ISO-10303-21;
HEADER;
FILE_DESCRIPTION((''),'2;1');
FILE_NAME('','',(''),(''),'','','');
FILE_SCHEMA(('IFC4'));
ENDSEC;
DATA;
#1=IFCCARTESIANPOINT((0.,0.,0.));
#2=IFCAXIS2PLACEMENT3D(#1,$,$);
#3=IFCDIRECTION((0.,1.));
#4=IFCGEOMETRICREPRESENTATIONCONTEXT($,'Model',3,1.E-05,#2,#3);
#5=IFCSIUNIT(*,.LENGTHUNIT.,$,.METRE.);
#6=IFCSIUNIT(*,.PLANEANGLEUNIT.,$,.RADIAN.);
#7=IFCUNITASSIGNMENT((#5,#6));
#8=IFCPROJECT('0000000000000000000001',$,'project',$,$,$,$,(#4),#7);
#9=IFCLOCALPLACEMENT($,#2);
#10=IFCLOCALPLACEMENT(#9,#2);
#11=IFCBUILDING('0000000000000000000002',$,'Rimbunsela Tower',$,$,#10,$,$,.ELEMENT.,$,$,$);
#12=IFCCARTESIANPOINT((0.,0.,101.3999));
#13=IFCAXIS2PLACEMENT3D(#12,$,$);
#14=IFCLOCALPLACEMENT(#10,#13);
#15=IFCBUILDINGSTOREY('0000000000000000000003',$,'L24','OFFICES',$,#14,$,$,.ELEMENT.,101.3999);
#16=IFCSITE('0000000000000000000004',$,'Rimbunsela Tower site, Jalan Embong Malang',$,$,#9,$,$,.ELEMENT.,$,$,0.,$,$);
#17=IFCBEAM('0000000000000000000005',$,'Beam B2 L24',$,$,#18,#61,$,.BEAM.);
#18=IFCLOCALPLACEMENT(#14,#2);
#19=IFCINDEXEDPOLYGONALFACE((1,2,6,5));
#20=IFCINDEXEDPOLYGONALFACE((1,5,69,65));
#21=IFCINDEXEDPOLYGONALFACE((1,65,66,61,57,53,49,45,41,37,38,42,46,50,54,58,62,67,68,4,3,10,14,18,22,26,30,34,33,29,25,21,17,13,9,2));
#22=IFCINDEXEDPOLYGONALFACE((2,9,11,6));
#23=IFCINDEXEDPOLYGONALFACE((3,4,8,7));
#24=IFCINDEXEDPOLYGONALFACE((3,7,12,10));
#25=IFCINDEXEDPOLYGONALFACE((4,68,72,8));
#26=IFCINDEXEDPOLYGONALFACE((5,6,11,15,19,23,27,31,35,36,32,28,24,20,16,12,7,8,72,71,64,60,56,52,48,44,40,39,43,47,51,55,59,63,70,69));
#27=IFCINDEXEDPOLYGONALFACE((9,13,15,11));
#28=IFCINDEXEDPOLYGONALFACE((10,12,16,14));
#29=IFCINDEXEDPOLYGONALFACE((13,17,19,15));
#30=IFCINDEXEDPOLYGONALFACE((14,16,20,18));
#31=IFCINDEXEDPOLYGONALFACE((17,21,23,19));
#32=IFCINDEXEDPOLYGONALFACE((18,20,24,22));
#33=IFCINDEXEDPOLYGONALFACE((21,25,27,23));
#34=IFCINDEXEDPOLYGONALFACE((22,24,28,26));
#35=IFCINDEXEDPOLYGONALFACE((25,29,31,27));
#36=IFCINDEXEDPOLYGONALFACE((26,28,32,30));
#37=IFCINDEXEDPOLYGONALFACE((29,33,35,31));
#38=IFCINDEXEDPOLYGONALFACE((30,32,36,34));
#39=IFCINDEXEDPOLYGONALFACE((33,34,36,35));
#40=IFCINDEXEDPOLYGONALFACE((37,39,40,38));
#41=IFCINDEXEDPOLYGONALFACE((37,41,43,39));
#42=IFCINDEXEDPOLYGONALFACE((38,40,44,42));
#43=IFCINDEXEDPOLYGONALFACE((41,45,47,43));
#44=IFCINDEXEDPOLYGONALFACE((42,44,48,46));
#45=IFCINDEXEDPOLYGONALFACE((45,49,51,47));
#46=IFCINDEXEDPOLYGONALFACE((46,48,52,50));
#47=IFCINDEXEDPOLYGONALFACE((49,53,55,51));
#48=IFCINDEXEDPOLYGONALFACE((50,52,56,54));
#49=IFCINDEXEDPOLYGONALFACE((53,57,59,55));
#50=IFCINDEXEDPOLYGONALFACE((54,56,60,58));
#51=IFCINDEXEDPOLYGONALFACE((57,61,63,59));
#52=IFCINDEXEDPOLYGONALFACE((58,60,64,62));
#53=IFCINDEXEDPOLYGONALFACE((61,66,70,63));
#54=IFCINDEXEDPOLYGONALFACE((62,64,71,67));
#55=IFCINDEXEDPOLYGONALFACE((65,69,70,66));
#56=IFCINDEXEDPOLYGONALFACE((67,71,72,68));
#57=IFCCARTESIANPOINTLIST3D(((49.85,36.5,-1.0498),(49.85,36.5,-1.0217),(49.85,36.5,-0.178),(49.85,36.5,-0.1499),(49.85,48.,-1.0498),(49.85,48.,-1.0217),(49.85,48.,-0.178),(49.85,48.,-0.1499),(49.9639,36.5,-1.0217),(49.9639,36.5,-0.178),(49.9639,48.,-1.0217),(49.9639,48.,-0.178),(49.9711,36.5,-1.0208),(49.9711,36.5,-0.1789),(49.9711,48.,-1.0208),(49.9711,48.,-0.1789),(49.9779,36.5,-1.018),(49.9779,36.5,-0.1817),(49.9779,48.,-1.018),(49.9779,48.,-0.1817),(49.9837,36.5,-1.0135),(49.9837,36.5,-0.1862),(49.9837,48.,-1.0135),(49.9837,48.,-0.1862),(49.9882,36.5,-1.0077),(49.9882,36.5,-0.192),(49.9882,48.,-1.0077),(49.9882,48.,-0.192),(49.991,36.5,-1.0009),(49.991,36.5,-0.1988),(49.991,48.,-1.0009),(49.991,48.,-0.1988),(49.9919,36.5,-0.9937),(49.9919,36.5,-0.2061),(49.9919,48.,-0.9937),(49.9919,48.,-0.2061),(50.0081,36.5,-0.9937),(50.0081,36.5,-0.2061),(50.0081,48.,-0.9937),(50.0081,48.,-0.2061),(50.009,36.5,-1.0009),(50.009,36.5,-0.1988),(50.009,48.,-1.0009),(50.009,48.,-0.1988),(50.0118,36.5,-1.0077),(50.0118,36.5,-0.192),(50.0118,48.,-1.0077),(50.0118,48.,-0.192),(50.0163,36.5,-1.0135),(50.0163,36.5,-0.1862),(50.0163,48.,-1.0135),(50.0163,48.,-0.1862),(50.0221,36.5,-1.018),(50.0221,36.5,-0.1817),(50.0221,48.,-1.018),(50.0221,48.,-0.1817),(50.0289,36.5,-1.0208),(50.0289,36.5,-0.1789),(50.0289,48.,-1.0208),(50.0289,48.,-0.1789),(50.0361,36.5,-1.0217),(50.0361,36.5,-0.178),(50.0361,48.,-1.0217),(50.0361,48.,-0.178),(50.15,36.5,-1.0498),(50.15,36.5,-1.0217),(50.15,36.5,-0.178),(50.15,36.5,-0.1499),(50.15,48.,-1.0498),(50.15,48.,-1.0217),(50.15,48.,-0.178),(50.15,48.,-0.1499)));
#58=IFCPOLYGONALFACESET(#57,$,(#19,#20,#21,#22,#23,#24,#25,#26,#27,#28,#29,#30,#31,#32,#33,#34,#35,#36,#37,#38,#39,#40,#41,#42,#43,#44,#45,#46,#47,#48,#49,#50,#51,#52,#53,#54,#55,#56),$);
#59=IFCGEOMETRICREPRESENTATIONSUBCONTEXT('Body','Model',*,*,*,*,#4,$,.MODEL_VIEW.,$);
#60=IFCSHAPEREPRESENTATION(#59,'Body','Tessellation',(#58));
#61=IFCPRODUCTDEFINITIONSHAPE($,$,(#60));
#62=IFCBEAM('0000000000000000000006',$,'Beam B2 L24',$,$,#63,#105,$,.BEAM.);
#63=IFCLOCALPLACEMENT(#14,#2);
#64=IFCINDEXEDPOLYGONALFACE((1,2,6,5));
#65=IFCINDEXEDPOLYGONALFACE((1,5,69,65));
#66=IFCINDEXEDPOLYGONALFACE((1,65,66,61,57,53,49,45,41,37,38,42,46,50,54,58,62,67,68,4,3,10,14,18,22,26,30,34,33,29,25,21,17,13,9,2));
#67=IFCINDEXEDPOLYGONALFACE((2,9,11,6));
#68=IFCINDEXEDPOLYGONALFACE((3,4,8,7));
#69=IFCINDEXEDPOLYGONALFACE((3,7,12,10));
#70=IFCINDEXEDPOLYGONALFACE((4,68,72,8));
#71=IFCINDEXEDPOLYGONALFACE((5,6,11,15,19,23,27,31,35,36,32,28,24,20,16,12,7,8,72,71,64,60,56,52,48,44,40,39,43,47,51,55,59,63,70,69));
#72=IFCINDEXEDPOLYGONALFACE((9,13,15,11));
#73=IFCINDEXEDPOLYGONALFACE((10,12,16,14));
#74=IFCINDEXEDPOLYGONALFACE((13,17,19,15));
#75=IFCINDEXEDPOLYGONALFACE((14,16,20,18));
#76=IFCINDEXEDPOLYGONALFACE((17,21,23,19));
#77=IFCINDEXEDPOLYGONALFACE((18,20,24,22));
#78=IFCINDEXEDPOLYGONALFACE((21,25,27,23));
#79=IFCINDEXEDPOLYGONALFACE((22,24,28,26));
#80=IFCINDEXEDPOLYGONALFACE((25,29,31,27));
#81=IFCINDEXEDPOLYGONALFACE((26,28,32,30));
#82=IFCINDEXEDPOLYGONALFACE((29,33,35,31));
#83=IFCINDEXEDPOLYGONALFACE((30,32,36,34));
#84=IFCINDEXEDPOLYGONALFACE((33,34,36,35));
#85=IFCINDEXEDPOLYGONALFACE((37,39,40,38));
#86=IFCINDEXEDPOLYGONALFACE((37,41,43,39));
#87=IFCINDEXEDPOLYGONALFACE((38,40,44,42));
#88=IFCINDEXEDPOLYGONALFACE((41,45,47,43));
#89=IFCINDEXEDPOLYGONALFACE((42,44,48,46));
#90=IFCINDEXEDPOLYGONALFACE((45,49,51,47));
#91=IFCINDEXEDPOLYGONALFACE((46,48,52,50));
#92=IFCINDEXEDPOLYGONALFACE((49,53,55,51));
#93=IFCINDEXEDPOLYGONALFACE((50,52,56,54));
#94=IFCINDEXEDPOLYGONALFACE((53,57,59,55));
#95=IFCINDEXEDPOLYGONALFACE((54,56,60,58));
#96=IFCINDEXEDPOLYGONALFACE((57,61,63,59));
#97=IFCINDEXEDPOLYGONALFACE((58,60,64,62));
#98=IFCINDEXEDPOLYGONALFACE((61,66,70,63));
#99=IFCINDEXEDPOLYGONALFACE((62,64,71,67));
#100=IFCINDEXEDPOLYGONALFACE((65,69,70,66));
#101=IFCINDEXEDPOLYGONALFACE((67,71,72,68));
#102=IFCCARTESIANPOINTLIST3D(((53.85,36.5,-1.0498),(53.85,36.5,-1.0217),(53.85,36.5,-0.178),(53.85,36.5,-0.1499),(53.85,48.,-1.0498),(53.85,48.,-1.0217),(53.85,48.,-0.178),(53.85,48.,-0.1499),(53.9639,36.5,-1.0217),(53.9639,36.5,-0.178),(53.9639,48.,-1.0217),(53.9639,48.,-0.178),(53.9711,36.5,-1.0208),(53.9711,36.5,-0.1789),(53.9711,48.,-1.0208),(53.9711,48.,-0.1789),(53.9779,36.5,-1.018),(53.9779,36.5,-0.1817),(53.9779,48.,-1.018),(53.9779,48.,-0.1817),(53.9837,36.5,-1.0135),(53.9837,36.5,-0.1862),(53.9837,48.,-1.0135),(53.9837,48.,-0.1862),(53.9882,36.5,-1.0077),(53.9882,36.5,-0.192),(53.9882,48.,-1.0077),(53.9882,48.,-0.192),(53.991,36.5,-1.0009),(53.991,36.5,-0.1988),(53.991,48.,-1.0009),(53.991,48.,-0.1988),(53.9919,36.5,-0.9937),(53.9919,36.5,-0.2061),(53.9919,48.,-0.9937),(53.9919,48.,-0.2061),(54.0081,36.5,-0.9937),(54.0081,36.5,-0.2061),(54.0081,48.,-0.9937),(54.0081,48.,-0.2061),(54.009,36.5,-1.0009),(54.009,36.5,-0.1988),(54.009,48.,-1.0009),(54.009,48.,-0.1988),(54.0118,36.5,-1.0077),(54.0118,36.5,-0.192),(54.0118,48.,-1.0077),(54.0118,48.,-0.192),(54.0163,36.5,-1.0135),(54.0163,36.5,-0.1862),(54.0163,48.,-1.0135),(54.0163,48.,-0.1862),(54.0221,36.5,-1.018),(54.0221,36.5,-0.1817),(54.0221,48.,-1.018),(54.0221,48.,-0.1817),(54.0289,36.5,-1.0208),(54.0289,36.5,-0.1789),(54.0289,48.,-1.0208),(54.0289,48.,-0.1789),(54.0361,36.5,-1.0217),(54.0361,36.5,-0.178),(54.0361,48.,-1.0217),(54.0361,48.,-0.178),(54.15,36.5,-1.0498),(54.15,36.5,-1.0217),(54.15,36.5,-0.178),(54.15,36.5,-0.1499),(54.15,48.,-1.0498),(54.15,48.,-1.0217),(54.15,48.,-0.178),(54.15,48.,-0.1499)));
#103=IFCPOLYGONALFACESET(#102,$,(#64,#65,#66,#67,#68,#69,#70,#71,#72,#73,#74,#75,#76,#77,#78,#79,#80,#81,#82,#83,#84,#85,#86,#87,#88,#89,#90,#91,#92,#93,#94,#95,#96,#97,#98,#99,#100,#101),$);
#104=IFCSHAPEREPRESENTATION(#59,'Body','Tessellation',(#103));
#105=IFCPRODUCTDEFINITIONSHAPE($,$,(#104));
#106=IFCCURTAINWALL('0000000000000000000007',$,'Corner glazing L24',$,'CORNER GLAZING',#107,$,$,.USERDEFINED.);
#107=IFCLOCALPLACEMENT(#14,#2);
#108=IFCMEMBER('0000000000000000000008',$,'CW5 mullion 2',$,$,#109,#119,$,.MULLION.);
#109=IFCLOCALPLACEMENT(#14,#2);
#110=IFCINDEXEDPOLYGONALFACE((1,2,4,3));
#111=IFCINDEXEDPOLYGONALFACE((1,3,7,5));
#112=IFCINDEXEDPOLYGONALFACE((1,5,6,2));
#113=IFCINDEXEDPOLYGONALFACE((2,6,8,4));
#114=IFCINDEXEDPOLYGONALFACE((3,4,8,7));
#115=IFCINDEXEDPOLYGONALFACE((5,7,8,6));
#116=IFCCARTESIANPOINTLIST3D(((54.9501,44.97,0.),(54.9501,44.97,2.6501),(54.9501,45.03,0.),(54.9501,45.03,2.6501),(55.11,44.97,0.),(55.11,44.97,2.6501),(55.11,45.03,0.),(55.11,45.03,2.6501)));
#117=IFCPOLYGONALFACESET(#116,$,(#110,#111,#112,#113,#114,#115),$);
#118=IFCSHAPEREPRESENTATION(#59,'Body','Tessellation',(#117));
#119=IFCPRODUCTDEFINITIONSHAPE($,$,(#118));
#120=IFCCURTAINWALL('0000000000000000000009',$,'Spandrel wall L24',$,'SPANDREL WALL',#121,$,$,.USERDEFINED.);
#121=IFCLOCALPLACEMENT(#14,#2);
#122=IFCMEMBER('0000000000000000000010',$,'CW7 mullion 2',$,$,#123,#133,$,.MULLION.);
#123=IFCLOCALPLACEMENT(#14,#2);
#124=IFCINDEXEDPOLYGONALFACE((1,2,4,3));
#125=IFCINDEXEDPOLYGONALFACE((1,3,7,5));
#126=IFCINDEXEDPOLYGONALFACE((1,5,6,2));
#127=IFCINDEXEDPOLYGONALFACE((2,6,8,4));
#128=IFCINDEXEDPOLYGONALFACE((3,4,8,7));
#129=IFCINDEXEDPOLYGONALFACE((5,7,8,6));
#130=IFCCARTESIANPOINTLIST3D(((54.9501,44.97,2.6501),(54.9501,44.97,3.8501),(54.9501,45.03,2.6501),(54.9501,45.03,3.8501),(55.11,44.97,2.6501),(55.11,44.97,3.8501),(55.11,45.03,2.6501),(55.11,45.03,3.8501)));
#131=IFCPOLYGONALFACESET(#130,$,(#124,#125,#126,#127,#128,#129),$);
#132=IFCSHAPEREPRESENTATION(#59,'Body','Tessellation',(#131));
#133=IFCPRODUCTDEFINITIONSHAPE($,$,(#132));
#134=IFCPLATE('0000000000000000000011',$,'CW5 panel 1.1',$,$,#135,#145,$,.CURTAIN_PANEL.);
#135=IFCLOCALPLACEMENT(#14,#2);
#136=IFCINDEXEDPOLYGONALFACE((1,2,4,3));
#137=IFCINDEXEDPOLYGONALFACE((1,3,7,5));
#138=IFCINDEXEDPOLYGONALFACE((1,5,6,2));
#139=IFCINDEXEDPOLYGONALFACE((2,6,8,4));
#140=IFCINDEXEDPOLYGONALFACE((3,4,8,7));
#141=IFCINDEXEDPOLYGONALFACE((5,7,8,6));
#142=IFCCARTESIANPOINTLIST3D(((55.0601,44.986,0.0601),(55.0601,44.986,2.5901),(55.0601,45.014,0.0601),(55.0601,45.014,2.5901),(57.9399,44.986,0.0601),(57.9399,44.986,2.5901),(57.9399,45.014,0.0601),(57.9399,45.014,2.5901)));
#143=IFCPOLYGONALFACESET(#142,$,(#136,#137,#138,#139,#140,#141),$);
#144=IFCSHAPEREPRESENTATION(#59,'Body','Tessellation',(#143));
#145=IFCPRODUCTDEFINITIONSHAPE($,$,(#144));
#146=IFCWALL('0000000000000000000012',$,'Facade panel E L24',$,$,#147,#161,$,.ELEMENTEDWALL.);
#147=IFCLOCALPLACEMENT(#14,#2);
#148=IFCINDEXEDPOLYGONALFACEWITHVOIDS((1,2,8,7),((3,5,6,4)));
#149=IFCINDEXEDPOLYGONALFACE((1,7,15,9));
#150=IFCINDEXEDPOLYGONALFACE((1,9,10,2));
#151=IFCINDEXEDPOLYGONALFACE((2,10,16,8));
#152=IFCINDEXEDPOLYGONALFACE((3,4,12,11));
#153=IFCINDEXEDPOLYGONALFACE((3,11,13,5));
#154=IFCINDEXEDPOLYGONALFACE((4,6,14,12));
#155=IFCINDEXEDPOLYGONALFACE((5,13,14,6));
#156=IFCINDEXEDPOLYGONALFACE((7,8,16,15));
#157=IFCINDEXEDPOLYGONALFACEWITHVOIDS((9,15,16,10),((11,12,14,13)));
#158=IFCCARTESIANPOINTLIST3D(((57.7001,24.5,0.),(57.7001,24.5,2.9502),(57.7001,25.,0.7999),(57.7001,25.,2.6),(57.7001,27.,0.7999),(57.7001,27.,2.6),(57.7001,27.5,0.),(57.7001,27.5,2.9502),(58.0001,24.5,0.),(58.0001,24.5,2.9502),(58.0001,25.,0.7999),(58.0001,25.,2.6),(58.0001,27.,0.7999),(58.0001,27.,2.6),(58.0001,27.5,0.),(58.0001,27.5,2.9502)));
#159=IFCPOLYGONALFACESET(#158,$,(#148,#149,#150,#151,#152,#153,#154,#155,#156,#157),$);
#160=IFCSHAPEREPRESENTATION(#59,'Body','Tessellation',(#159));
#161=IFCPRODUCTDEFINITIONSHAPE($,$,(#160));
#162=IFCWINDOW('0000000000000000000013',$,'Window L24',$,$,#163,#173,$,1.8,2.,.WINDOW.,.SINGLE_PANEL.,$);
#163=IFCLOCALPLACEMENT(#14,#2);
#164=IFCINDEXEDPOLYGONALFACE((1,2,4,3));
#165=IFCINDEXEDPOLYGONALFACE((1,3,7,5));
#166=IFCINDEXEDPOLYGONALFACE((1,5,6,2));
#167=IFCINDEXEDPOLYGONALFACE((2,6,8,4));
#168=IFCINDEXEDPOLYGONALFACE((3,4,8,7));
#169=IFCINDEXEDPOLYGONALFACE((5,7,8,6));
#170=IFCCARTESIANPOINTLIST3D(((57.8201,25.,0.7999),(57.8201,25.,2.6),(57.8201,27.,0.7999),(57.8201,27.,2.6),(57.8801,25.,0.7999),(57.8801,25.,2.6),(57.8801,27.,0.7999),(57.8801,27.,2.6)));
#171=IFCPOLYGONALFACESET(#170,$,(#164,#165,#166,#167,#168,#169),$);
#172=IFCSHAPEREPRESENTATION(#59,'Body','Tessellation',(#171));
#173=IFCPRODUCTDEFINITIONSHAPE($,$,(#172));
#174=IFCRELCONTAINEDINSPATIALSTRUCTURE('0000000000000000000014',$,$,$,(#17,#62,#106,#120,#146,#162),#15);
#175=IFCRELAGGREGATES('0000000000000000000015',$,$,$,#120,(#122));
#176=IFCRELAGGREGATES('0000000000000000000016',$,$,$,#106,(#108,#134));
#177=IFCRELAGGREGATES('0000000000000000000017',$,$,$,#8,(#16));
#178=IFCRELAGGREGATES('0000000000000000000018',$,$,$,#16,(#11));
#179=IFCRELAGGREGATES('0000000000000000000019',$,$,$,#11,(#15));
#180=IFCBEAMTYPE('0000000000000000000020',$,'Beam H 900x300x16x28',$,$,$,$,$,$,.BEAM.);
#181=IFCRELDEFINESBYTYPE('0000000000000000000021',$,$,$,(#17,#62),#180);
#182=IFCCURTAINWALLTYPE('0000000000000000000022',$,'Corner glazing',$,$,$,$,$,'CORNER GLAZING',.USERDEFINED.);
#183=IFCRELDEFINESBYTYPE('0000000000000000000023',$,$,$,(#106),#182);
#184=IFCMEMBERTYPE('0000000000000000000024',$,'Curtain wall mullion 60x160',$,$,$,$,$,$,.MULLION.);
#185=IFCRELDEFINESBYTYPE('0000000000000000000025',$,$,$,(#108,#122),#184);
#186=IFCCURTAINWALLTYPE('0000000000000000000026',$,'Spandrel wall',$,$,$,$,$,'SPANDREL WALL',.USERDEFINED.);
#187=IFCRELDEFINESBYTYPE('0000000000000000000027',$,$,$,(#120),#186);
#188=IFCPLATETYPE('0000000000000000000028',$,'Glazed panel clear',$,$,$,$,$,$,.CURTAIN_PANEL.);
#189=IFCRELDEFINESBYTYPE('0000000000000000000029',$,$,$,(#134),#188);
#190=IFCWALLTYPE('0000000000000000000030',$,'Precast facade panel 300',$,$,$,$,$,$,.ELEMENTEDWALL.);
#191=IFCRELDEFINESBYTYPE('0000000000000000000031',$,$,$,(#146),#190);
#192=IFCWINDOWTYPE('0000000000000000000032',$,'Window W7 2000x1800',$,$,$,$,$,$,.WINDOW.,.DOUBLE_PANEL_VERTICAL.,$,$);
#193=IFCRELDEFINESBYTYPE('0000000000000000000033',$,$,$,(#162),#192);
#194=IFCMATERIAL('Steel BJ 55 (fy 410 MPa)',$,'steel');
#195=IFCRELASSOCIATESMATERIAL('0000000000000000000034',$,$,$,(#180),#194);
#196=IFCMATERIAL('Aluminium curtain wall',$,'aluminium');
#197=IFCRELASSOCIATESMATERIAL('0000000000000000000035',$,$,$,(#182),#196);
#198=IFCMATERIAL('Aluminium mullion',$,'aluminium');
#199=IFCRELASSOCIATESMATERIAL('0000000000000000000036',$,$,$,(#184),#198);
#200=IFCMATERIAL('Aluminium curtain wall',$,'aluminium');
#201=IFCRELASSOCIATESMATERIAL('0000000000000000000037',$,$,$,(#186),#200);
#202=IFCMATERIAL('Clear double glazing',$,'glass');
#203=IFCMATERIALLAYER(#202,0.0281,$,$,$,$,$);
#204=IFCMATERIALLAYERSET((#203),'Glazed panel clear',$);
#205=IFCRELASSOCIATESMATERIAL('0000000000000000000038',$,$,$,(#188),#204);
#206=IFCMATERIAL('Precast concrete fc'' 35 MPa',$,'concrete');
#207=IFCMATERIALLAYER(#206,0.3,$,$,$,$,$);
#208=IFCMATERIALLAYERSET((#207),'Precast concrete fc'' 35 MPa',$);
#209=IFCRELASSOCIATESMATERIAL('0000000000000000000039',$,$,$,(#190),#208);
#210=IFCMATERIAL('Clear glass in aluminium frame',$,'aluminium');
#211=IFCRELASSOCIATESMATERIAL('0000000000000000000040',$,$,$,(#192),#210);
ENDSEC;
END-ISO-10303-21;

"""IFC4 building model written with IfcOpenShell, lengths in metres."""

from ifc_helpers import new_model, si_unit, direction, frame, frame_2d, origin, origin_2d, place, context, subcontext, project, spatial, rectangle, i_section, extrude, material, layer, layer_set, material_profile, profile_set, type_object, element, fill, aggregate, save


model = new_model("IFC4")

# Units and contexts
model_context = context("Model", 3, precision=1e-05, world=origin(), true_north=direction((0.0, 1.0)))
body_context = subcontext(model_context, "Body", "Model", "MODEL_VIEW")
ifc_project = project(units=[si_unit("LENGTHUNIT", "METRE"), si_unit("PLANEANGLEUNIT", "RADIAN")], contexts=[model_context])

# Site, building, storey
site_placement = place(None, origin())
site = spatial("IfcSite", under=ifc_project, at=site_placement, Name="Rimbunsela Tower site, Jalan Embong Malang", CompositionType="ELEMENT", RefElevation=0.0)
building_placement = place(site_placement, origin())
building = spatial("IfcBuilding", under=site, at=building_placement, Name="Rimbunsela Tower", CompositionType="ELEMENT")
storey_placement = place(building_placement, frame((0.0, 0.0, 101.3999)))
storey = spatial("IfcBuildingStorey", under=building, at=storey_placement, Name="L24", Description="OFFICES", CompositionType="ELEMENT", Elevation=101.3999)

# Beams
ifc_material_1 = material(Name="Steel BJ 55 (fy 410 MPa)", Category="steel")
ifc_material_profile_1 = material_profile(ifc_material_1, i_section(OverallWidth=0.3, OverallDepth=0.8999, WebThickness=0.0161, FlangeThickness=0.0281, FilletRadius=0.0281, at=origin_2d()), Name="H 900x300x16x28")
ifc_profile_set_1 = profile_set([ifc_material_profile_1], Name="Steel BJ 55 (fy 410 MPa)")
beam_type_1 = type_object("IfcBeamType", Name="Beam H 900x300x16x28", PredefinedType="BEAM", material=ifc_profile_set_1)
for number, where, z_axis, x_axis, name in (
    (1, (50.0, 36.5, -0.5999), (0.0, 1.0, 0.0), (-1.0, 0.0, 0.0), "Beam B2 L24"),
    (2, (54.0, 36.5, -0.5999), (0.0, 1.0, 0.0), (-1.0, 0.0, 0.0), "Beam B2 L24"),
):
    element("IfcBeam", number, at=place(storey_placement, frame(where, z_axis=z_axis, x_axis=x_axis)), inside=storey, type_object=beam_type_1, Name=name, PredefinedType="BEAM", context=body_context, shape_type="SweptSolid", body=[
        extrude(i_section(OverallWidth=0.3, OverallDepth=0.8999, WebThickness=0.0161, FlangeThickness=0.0281, FilletRadius=0.0281, at=origin_2d()), origin(), (0.0, 0.0, 1.0), 11.5),
    ])

# Curtain walls, members
ifc_material_2 = material(Name="Aluminium curtain wall", Category="aluminium")
curtain_wall_type_1 = type_object("IfcCurtainWallType", Name="Corner glazing", ElementType="CORNER GLAZING", PredefinedType="USERDEFINED", material=ifc_material_2)
curtain_wall_1_placement = place(storey_placement, origin())
curtain_wall_1 = element("IfcCurtainWall", 3, at=curtain_wall_1_placement, inside=storey, type_object=curtain_wall_type_1, Name="Corner glazing L24", ObjectType="CORNER GLAZING", PredefinedType="USERDEFINED")
ifc_material_3 = material(Name="Aluminium mullion", Category="aluminium")
ifc_material_profile_2 = material_profile(ifc_material_3, rectangle(XDim=0.0601, YDim=0.1599, at=origin_2d()), Name="Mullion 60x160")
ifc_profile_set_2 = profile_set([ifc_material_profile_2], Name="Aluminium mullion")
member_type = type_object("IfcMemberType", Name="Curtain wall mullion 60x160", PredefinedType="MULLION", material=ifc_profile_set_2)
member_1_placement = place(storey_placement, frame((55.03, 45.0, 0.0), z_axis=(0.0, 0.0, 1.0), x_axis=(0.0, -1.0, 0.0)))
member_1 = element("IfcMember", 4, at=member_1_placement, type_object=member_type, Name="CW5 mullion 2", PredefinedType="MULLION", context=body_context, shape_type="SweptSolid", body=[
    extrude(rectangle(XDim=0.0601, YDim=0.1599, at=origin_2d()), origin(), (0.0, 0.0, 1.0), 2.6501),
])
ifc_material_4 = material(Name="Aluminium curtain wall", Category="aluminium")
curtain_wall_type_2 = type_object("IfcCurtainWallType", Name="Spandrel wall", ElementType="SPANDREL WALL", PredefinedType="USERDEFINED", material=ifc_material_4)
curtain_wall_2_placement = place(storey_placement, origin())
curtain_wall_2 = element("IfcCurtainWall", 5, at=curtain_wall_2_placement, inside=storey, type_object=curtain_wall_type_2, Name="Spandrel wall L24", ObjectType="SPANDREL WALL", PredefinedType="USERDEFINED")
member_2_placement = place(storey_placement, frame((55.03, 45.0, 2.6501), z_axis=(0.0, 0.0, 1.0), x_axis=(0.0, -1.0, 0.0)))
member_2 = element("IfcMember", 6, at=member_2_placement, type_object=member_type, Name="CW7 mullion 2", PredefinedType="MULLION", context=body_context, shape_type="SweptSolid", body=[
    extrude(rectangle(XDim=0.0601, YDim=0.1599, at=origin_2d()), origin(), (0.0, 0.0, 1.0), 1.2),
])
aggregate(curtain_wall_2, [member_2])

# Plate
ifc_material_5 = material(Name="Clear double glazing", Category="glass")
ifc_layer_1 = layer(ifc_material_5, 0.0281)
ifc_layer_set_1 = layer_set([ifc_layer_1], Name="Glazed panel clear")
plate_type = type_object("IfcPlateType", Name="Glazed panel clear", PredefinedType="CURTAIN_PANEL", material=ifc_layer_set_1)
plate_placement = place(storey_placement, frame((56.5, 45.0, 0.0601), z_axis=(0.0, 0.0, 1.0), x_axis=(-1.0, 0.0, 0.0)))
plate = element("IfcPlate", 7, at=plate_placement, type_object=plate_type, Name="CW5 panel 1.1", PredefinedType="CURTAIN_PANEL", context=body_context, shape_type="SweptSolid", body=[
    extrude(rectangle(XDim=2.8799, YDim=0.0281, at=origin_2d()), origin(), (0.0, 0.0, 1.0), 2.53),
])
aggregate(curtain_wall_1, [member_1, plate])

# Wall, opening, window
ifc_material_6 = material(Name="Precast concrete fc' 35 MPa", Category="concrete")
ifc_layer_2 = layer(ifc_material_6, 0.3)
ifc_layer_set_2 = layer_set([ifc_layer_2], Name="Precast concrete fc' 35 MPa")
wall_type = type_object("IfcWallType", Name="Precast facade panel 300", PredefinedType="ELEMENTEDWALL", material=ifc_layer_set_2)
wall_1_placement = place(storey_placement, frame((57.8501, 24.5, 0.0), z_axis=(0.0, 0.0, 1.0), x_axis=(0.0, 1.0, 0.0)))
wall_1 = element("IfcWall", 8, at=wall_1_placement, inside=storey, type_object=wall_type, Name="Facade panel E L24", PredefinedType="ELEMENTEDWALL", context=body_context, shape_type="SweptSolid", body=[
    extrude(rectangle(XDim=3.0, YDim=0.3, at=frame_2d((1.5, 0.0))), origin(), (0.0, 0.0, 1.0), 2.9502),
])
opening_1_placement = place(wall_1_placement, frame((0.5, 0.0, 0.8)))
opening_1 = element("IfcOpeningElement", 9, at=opening_1_placement, cuts=wall_1, PredefinedType="OPENING", context=body_context, shape_type="SweptSolid", body=[
    extrude(rectangle(XDim=2.0, YDim=1.8, at=frame_2d((1.0, 0.8999))), frame((0.0, 0.1599, 0.0), z_axis=(0.0, -1.0, 0.0), x_axis=(1.0, 0.0, 0.0)), (0.0, 0.0, 1.0), 0.3201),
])
ifc_material_7 = material(Name="Clear glass in aluminium frame", Category="aluminium")
window_type = type_object("IfcWindowType", Name="Window W7 2000x1800", PartitioningType="DOUBLE_PANEL_VERTICAL", PredefinedType="WINDOW", material=ifc_material_7)
window_1_placement = place(opening_1_placement, origin())
window_1 = element("IfcWindow", 10, at=window_1_placement, inside=storey, type_object=window_type, Name="Window L24", OverallHeight=1.8, OverallWidth=2.0, PartitioningType="SINGLE_PANEL", PredefinedType="WINDOW", context=body_context, shape_type="SweptSolid", body=[
    extrude(rectangle(XDim=2.0, YDim=1.8, at=frame_2d((1.0, 0.8999))), frame((0.0, 0.03, 0.0), z_axis=(0.0, -1.0, 0.0), x_axis=(1.0, 0.0, 0.0)), (0.0, 0.0, 1.0), 0.0601),
])
fill(opening_1, window_1)

save(model, "model.ifc")
